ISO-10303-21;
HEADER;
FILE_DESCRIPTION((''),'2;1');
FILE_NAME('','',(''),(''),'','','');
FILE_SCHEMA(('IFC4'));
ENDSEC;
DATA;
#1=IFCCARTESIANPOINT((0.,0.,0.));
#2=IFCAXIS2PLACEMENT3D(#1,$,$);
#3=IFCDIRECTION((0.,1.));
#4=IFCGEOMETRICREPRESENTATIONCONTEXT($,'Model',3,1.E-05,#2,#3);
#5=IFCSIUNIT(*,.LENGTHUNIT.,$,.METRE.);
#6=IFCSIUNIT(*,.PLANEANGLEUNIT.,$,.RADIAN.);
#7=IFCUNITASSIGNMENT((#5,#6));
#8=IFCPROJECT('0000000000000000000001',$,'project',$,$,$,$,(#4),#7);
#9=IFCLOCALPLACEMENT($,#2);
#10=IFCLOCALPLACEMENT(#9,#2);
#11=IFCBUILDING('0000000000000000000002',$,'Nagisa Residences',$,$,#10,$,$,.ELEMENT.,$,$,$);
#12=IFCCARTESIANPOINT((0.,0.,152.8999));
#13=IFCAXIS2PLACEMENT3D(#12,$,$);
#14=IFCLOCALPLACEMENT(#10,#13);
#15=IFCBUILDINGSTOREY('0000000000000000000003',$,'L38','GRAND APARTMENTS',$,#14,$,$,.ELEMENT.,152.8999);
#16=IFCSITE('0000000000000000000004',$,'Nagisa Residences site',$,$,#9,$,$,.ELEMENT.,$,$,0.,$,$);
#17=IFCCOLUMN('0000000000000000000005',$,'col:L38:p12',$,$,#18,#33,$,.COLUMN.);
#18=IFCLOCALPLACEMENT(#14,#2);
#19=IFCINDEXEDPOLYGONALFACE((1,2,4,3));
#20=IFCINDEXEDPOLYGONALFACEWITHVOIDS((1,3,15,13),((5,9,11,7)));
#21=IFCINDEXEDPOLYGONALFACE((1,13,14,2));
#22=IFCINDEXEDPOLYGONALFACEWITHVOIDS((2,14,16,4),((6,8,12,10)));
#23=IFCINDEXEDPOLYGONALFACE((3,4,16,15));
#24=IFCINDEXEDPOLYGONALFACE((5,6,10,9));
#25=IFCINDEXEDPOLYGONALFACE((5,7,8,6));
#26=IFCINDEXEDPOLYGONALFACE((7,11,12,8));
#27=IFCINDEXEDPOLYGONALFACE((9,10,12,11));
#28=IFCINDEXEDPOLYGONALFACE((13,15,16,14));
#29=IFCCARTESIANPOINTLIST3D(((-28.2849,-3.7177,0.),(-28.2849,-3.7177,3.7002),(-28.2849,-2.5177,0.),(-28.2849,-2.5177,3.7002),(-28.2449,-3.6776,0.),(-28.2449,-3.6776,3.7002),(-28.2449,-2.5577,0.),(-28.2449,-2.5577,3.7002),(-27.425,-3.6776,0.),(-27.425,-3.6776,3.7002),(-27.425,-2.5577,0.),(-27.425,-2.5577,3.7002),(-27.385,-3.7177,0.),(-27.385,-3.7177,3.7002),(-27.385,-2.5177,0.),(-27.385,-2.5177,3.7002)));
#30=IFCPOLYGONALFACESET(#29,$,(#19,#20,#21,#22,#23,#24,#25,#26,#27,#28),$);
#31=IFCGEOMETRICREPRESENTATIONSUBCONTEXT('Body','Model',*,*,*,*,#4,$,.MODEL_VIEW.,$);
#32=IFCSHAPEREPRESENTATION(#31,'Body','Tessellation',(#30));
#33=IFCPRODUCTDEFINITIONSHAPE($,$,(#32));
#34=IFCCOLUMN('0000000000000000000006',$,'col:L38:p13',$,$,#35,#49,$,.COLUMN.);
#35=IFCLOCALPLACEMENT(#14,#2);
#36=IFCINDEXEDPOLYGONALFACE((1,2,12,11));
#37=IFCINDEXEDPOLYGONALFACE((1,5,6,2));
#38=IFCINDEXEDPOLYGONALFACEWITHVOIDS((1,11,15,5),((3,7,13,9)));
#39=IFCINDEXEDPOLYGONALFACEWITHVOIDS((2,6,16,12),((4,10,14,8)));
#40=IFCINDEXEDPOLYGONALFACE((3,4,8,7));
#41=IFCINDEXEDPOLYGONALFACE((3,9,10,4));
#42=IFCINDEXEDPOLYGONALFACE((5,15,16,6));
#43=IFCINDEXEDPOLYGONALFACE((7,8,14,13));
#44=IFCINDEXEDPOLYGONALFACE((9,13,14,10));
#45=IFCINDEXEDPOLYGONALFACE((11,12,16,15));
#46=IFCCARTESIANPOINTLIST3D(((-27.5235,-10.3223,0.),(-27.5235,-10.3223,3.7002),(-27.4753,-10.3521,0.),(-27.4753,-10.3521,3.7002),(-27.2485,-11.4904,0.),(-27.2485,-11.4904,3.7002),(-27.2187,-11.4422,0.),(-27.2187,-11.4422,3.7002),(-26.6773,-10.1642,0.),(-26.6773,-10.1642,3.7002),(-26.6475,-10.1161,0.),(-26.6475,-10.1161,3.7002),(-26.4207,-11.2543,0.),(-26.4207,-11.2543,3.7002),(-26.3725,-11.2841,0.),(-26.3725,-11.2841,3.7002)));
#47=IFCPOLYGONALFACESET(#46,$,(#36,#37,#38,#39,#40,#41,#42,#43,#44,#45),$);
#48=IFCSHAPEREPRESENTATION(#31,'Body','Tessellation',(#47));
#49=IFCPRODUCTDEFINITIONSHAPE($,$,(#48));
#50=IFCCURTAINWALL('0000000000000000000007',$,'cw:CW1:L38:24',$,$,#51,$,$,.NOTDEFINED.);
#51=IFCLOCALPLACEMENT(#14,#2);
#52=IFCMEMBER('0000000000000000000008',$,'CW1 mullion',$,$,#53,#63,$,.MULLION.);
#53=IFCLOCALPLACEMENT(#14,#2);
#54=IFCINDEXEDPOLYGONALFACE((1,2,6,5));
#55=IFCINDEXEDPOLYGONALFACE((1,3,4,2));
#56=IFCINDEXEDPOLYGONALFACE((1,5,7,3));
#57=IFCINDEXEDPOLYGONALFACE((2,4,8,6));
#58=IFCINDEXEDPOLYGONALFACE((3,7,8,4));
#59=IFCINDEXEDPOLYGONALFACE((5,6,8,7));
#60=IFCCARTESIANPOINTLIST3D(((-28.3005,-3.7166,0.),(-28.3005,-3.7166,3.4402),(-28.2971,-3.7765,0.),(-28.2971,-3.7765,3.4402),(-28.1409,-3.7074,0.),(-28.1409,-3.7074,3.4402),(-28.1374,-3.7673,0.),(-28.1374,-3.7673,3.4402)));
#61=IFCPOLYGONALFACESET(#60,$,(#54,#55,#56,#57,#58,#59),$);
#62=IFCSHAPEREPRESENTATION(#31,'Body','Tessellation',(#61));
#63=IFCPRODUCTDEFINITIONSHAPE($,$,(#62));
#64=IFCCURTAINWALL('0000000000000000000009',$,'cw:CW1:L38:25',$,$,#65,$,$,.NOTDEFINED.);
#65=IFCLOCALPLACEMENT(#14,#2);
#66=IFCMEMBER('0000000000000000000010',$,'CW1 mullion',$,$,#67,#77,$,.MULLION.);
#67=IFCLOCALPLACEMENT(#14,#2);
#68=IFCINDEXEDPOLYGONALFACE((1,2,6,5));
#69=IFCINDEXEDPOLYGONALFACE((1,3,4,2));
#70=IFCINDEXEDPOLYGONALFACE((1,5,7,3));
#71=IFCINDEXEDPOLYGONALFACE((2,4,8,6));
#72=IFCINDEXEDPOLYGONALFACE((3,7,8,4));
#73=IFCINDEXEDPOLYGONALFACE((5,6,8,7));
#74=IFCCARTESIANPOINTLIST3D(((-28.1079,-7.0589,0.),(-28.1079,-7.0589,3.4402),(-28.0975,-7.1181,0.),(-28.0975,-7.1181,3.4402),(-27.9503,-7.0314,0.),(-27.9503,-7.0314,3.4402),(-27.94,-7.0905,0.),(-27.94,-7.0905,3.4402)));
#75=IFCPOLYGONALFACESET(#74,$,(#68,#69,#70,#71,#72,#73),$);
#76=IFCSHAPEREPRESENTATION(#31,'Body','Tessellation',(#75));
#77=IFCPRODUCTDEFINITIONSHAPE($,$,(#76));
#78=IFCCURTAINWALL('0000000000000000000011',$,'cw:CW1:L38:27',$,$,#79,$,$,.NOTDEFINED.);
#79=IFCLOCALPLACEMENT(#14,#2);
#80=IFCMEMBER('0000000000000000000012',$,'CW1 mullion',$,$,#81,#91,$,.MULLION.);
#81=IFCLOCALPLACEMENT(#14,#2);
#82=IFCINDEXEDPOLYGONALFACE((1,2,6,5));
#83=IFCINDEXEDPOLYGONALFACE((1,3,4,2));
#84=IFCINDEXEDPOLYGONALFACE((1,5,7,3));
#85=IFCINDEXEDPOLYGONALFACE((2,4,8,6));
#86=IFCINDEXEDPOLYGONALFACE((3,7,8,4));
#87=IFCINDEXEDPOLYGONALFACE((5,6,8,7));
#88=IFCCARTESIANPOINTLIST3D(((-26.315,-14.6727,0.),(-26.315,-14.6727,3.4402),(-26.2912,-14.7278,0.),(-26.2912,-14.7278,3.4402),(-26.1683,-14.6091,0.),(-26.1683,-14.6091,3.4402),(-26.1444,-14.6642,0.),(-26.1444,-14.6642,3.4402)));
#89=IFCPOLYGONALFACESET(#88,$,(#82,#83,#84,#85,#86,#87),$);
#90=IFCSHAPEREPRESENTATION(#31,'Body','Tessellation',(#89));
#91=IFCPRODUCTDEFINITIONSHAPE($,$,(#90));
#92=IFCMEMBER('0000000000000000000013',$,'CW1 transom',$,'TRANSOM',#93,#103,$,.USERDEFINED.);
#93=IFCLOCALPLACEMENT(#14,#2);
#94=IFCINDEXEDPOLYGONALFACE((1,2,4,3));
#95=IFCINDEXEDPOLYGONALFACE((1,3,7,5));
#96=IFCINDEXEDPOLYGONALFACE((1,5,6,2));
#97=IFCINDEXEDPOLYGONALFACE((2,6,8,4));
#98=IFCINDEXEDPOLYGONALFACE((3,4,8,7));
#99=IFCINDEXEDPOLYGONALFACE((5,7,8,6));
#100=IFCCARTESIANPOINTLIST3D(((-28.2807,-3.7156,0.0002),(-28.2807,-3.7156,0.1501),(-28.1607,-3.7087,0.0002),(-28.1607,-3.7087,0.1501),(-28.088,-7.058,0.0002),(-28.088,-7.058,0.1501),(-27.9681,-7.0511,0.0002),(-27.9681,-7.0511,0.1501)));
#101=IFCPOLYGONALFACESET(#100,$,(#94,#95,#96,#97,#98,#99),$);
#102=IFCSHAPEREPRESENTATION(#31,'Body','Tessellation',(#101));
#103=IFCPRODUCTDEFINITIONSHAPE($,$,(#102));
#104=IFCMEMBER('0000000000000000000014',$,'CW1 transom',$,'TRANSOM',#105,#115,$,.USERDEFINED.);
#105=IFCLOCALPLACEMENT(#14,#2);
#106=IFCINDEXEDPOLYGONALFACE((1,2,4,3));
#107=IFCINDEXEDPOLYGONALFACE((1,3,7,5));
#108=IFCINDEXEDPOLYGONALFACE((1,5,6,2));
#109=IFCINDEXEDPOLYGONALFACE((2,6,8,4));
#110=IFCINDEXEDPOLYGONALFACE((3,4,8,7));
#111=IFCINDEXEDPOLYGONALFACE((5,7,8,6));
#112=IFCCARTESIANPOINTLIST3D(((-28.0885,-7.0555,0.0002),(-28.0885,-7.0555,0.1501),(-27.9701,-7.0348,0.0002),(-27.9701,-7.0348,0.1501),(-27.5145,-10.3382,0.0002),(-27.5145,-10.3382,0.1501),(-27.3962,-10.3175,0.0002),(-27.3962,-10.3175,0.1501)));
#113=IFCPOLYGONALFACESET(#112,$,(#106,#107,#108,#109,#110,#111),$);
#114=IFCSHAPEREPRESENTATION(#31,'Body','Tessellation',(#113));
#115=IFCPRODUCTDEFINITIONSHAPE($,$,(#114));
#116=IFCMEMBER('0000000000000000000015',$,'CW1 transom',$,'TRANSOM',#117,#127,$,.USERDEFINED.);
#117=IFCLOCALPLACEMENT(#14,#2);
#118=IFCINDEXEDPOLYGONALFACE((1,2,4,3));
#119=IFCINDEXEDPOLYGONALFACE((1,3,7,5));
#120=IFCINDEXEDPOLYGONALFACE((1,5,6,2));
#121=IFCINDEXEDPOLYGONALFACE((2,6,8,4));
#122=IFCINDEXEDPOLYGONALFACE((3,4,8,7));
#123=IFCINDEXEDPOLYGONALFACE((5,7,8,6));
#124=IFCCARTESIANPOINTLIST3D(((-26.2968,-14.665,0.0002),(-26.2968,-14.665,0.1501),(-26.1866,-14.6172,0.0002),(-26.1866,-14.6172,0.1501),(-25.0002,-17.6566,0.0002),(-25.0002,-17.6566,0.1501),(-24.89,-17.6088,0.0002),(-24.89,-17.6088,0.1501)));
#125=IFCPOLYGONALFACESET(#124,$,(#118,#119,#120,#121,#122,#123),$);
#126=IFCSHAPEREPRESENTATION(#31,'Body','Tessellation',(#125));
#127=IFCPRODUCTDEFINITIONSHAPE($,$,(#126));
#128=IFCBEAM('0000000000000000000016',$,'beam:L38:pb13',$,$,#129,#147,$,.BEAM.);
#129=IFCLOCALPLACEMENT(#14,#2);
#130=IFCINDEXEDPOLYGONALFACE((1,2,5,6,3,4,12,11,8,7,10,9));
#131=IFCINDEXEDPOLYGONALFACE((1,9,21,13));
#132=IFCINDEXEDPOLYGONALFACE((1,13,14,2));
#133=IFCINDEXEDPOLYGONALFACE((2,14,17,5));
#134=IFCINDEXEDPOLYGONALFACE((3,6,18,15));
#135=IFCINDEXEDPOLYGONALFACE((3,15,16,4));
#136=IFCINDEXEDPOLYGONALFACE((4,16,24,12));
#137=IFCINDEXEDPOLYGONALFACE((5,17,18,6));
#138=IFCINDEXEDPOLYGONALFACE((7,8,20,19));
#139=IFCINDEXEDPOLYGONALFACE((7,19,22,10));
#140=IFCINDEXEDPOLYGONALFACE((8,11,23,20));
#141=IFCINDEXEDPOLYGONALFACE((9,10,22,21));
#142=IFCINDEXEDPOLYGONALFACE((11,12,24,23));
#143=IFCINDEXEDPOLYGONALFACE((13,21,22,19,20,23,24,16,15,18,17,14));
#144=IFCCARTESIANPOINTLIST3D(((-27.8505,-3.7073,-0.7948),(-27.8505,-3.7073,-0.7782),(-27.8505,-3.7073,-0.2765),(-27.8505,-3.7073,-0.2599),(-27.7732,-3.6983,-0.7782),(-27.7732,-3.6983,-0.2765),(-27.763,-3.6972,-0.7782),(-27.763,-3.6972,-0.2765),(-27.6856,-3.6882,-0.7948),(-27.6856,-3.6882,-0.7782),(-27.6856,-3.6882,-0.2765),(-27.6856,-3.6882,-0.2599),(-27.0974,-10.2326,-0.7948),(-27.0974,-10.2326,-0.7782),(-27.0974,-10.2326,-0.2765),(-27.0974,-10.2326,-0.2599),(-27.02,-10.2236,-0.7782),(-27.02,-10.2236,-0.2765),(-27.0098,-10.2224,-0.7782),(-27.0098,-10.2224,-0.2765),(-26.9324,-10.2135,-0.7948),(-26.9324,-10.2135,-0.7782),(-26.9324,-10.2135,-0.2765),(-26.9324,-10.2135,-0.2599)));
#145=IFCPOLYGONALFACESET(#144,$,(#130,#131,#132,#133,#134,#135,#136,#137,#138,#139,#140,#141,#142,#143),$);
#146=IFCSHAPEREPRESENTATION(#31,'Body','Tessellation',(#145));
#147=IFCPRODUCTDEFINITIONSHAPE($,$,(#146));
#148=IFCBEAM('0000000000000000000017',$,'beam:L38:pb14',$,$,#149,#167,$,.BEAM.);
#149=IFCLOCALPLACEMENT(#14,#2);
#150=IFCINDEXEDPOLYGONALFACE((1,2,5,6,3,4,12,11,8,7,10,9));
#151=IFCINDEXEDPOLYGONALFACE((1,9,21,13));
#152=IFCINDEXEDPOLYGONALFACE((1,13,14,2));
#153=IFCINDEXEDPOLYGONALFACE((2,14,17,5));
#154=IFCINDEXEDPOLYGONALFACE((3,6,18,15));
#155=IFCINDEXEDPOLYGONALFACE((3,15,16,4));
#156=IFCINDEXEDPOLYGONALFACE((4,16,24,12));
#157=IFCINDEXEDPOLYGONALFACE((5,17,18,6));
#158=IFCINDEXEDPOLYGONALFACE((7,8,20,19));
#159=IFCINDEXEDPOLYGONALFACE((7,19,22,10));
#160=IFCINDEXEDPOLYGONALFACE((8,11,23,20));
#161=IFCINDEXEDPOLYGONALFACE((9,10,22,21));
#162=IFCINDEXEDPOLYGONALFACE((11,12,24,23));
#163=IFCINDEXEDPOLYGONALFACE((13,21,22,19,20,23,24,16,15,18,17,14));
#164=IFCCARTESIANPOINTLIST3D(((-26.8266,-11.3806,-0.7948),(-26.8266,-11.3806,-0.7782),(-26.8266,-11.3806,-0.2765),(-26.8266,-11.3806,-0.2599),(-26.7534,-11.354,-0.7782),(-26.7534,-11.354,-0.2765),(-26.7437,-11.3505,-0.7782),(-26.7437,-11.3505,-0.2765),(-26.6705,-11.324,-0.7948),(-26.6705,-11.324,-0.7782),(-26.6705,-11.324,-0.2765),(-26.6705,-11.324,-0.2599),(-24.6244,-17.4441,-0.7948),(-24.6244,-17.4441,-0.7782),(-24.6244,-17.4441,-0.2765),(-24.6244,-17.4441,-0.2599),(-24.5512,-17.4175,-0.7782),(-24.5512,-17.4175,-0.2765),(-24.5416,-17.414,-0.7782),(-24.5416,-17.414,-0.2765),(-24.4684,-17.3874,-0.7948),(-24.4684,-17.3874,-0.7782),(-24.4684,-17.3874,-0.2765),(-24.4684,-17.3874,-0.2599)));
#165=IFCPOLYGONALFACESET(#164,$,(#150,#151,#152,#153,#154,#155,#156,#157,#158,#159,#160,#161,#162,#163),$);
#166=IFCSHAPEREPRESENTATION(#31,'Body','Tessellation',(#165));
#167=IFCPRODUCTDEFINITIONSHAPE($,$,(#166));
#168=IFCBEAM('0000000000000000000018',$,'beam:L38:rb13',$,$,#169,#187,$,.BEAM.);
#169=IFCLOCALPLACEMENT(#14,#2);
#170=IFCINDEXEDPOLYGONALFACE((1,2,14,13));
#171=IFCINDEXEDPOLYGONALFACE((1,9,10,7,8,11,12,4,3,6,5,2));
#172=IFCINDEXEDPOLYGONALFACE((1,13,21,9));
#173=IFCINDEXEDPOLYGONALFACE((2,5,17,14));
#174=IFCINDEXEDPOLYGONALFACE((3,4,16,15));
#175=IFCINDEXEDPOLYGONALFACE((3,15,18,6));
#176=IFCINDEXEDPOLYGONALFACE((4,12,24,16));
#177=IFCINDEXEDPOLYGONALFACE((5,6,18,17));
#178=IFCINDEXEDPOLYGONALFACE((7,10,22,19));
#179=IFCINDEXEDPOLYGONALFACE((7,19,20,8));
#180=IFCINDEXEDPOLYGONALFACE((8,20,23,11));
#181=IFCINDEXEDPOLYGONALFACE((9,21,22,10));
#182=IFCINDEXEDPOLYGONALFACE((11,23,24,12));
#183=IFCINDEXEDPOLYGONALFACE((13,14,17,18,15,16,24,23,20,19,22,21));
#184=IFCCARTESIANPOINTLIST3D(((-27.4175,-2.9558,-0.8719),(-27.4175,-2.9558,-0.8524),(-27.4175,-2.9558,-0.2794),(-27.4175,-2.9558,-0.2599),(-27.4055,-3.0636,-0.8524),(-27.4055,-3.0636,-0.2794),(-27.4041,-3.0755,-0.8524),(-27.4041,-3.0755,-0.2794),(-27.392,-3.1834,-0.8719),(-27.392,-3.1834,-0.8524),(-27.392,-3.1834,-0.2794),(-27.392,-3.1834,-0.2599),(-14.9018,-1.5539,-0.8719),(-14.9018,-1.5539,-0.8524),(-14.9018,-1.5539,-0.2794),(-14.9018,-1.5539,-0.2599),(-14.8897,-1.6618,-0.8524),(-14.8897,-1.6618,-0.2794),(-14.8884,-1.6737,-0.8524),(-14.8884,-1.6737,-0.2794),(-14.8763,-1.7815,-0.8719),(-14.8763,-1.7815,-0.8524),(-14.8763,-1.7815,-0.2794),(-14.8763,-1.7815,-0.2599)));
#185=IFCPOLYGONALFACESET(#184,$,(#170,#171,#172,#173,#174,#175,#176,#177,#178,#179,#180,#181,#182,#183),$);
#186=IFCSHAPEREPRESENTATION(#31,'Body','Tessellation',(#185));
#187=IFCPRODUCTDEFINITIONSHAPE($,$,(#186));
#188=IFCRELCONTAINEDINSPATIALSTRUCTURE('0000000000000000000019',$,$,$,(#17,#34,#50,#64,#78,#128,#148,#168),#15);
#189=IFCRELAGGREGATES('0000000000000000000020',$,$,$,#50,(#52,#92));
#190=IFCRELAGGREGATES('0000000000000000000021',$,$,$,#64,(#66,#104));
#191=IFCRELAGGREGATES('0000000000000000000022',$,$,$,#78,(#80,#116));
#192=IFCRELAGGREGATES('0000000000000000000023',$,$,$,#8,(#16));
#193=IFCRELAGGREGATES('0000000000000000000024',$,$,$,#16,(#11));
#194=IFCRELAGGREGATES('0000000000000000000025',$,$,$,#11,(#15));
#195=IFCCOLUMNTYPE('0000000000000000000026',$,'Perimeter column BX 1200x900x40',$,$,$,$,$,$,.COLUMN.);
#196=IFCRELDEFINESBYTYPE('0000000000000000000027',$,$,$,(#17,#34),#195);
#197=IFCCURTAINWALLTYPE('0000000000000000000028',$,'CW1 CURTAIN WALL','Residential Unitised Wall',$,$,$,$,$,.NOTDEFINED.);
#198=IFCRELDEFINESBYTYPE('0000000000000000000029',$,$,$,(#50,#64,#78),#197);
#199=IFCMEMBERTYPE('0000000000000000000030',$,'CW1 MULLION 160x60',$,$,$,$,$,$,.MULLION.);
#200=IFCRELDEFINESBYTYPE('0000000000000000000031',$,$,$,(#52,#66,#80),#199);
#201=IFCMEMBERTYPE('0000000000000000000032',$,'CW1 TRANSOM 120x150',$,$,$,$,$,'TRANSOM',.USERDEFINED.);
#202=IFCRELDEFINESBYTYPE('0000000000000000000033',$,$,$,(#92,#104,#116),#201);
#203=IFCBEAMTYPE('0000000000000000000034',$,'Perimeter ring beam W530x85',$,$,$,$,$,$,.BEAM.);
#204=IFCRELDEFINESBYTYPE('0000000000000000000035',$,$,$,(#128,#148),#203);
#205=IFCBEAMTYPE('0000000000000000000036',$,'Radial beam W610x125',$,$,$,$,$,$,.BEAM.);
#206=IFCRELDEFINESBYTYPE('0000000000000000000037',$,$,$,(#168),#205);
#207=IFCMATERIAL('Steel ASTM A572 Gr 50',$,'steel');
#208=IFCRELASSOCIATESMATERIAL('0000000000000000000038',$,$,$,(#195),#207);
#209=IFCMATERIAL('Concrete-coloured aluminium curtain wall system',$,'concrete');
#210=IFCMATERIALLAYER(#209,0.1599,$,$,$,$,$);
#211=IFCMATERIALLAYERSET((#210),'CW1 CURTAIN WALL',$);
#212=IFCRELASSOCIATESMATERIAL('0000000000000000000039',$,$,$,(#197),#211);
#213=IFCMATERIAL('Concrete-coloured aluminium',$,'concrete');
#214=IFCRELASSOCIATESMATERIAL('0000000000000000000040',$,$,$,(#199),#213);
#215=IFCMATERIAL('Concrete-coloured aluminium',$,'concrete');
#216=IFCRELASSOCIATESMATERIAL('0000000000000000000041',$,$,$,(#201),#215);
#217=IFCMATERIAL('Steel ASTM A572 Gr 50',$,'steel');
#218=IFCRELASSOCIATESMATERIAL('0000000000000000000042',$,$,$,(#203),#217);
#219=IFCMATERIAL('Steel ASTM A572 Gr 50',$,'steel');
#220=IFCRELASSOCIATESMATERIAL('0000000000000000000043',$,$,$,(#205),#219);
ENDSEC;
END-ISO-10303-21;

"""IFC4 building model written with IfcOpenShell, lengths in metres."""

from ifc_helpers import new_model, si_unit, direction, frame, origin, origin_2d, place, context, subcontext, project, spatial, rectangle, hollow_rectangle, i_section, extrude, material, layer, layer_set, material_profile, profile_set, type_object, element, aggregate, save


model = new_model("IFC4")

# Units and contexts
model_context = context("Model", 3, precision=1e-05, world=origin(), true_north=direction((0.0, 1.0)))
body_context = subcontext(model_context, "Body", "Model", "MODEL_VIEW")
ifc_project = project(units=[si_unit("LENGTHUNIT", "METRE"), si_unit("PLANEANGLEUNIT", "RADIAN")], contexts=[model_context])

# Site, building, storey
site_placement = place(None, origin())
site = spatial("IfcSite", under=ifc_project, at=site_placement, Name="Nagisa Residences site", CompositionType="ELEMENT", RefElevation=0.0)
building_placement = place(site_placement, origin())
building = spatial("IfcBuilding", under=site, at=building_placement, Name="Nagisa Residences", CompositionType="ELEMENT")
storey_placement = place(building_placement, frame((0.0, 0.0, 152.8999)))
storey = spatial("IfcBuildingStorey", under=building, at=storey_placement, Name="L38", Description="GRAND APARTMENTS", CompositionType="ELEMENT", Elevation=152.8999)

# Columns
ifc_material_1 = material(Name="Steel ASTM A572 Gr 50", Category="steel")
ifc_material_profile_1 = material_profile(ifc_material_1, hollow_rectangle(XDim=1.2, YDim=0.8999, WallThickness=0.04, at=origin_2d()), Name="BX 1200x900x40")
ifc_profile_set_1 = profile_set([ifc_material_profile_1], Name="Steel ASTM A572 Gr 50")
column_type = type_object("IfcColumnType", Name="Perimeter column BX 1200x900x40", PredefinedType="COLUMN", material=ifc_profile_set_1)
for number, where, z_axis, x_axis, name in (
    (1, (-27.835, -3.1177, 0.0), (0.0, 0.0, 1.0), (0.0, -1.0, 0.0), "col:L38:p12"),
    (2, (-26.948, -10.8032, 0.0), (0.0, 0.0, 1.0), (0.229202, -0.973379, 0.0), "col:L38:p13"),
):
    element("IfcColumn", number, at=place(storey_placement, frame(where, z_axis=z_axis, x_axis=x_axis)), inside=storey, type_object=column_type, Name=name, PredefinedType="COLUMN", context=body_context, shape_type="SweptSolid", body=[
        extrude(hollow_rectangle(XDim=1.2, YDim=0.8999, WallThickness=0.04, at=origin_2d()), origin(), (0.0, 0.0, 1.0), 3.7002),
    ])

# Curtain walls, members
ifc_material_2 = material(Name="Concrete-coloured aluminium curtain wall system", Category="concrete")
ifc_layer_1 = layer(ifc_material_2, 0.1599)
ifc_layer_set_1 = layer_set([ifc_layer_1], Name="CW1 CURTAIN WALL")
curtain_wall_type = type_object("IfcCurtainWallType", Name="CW1 CURTAIN WALL", Description="Residential Unitised Wall", PredefinedType="NOTDEFINED", material=ifc_layer_set_1)
curtain_wall_1_placement = place(storey_placement, origin())
curtain_wall_1 = element("IfcCurtainWall", 3, at=curtain_wall_1_placement, inside=storey, type_object=curtain_wall_type, Name="cw:CW1:L38:24", PredefinedType="NOTDEFINED")
ifc_material_3 = material(Name="Concrete-coloured aluminium", Category="concrete")
ifc_material_profile_2 = material_profile(ifc_material_3, rectangle(XDim=0.1599, YDim=0.0601, at=origin_2d()), Name="CW1 MULLION 160x60")
ifc_profile_set_2 = profile_set([ifc_material_profile_2], Name="Concrete-coloured aluminium")
member_type_1 = type_object("IfcMemberType", Name="CW1 MULLION 160x60", PredefinedType="MULLION", material=ifc_profile_set_2)
member_1_placement = place(storey_placement, frame((-28.219, -3.7419, 0.0), z_axis=(0.0, 0.0, 1.0), x_axis=(0.998345, 0.057503, 0.0)))
member_1 = element("IfcMember", 4, at=member_1_placement, type_object=member_type_1, Name="CW1 mullion", PredefinedType="MULLION", context=body_context, shape_type="SweptSolid", body=[
    extrude(rectangle(XDim=0.1599, YDim=0.0601, at=origin_2d()), origin(), (0.0, 0.0, 1.0), 3.4402),
])
curtain_wall_2_placement = place(storey_placement, origin())
curtain_wall_2 = element("IfcCurtainWall", 5, at=curtain_wall_2_placement, inside=storey, type_object=curtain_wall_type, Name="cw:CW1:L38:25", PredefinedType="NOTDEFINED")
member_2_placement = place(storey_placement, frame((-28.0239, -7.0747, 0.0), z_axis=(0.0, 0.0, 1.0), x_axis=(0.985064, 0.172191, 0.0)))
member_2 = element("IfcMember", 6, at=member_2_placement, type_object=member_type_1, Name="CW1 mullion", PredefinedType="MULLION", context=body_context, shape_type="SweptSolid", body=[
    extrude(rectangle(XDim=0.1599, YDim=0.0601, at=origin_2d()), origin(), (0.0, 0.0, 1.0), 3.4402),
])
curtain_wall_3_placement = place(storey_placement, origin())
curtain_wall_3 = element("IfcCurtainWall", 7, at=curtain_wall_3_placement, inside=storey, type_object=curtain_wall_type, Name="cw:CW1:L38:27", PredefinedType="NOTDEFINED")
member_3_placement = place(storey_placement, frame((-26.2297, -14.6685, 0.0), z_axis=(0.0, 0.0, 1.0), x_axis=(0.917543, 0.397636, 0.0)))
member_3 = element("IfcMember", 8, at=member_3_placement, type_object=member_type_1, Name="CW1 mullion", PredefinedType="MULLION", context=body_context, shape_type="SweptSolid", body=[
    extrude(rectangle(XDim=0.1599, YDim=0.0601, at=origin_2d()), origin(), (0.0, 0.0, 1.0), 3.4402),
])

# Members
ifc_material_4 = material(Name="Concrete-coloured aluminium", Category="concrete")
ifc_material_profile_3 = material_profile(ifc_material_4, rectangle(XDim=0.1201, YDim=0.1499, at=origin_2d()), Name="CW1 TRANSOM 120x150")
ifc_profile_set_3 = profile_set([ifc_material_profile_3], Name="Concrete-coloured aluminium")
member_type_2 = type_object("IfcMemberType", Name="CW1 TRANSOM 120x150", ElementType="TRANSOM", PredefinedType="USERDEFINED", material=ifc_profile_set_3)
member_4_placement = place(storey_placement, frame((-28.2207, -3.7122, 0.0752), z_axis=(0.057538, -0.998343, 0.0), x_axis=(0.998343, 0.057538, 0.0)))
member_4 = element("IfcMember", 9, at=member_4_placement, type_object=member_type_2, Name="CW1 transom", ObjectType="TRANSOM", PredefinedType="USERDEFINED", context=body_context, shape_type="SweptSolid", body=[
    extrude(rectangle(XDim=0.1201, YDim=0.1499, at=origin_2d()), origin(), (0.0, 0.0, 1.0), 3.3479),
])
member_5_placement = place(storey_placement, frame((-28.0293, -7.0452, 0.0752), z_axis=(0.172235, -0.985056, 0.0), x_axis=(0.985056, 0.172235, 0.0)))
member_5 = element("IfcMember", 10, at=member_5_placement, type_object=member_type_2, Name="CW1 transom", ObjectType="TRANSOM", PredefinedType="USERDEFINED", context=body_context, shape_type="SweptSolid", body=[
    extrude(rectangle(XDim=0.1201, YDim=0.1499, at=origin_2d()), origin(), (0.0, 0.0, 1.0), 3.3325),
])
member_6_placement = place(storey_placement, frame((-26.2417, -14.6411, 0.0752), z_axis=(0.397666, -0.91753, 0.0), x_axis=(0.91753, 0.397666, 0.0)))
member_6 = element("IfcMember", 11, at=member_6_placement, type_object=member_type_2, Name="CW1 transom", ObjectType="TRANSOM", PredefinedType="USERDEFINED", context=body_context, shape_type="SweptSolid", body=[
    extrude(rectangle(XDim=0.1201, YDim=0.1499, at=origin_2d()), origin(), (0.0, 0.0, 1.0), 3.2605),
])

# Beams
ifc_material_5 = material(Name="Steel ASTM A572 Gr 50", Category="steel")
ifc_material_profile_4 = material_profile(ifc_material_5, i_section(OverallWidth=0.166, OverallDepth=0.5349, WebThickness=0.0103, FlangeThickness=0.0166, at=origin_2d()), Name="W530x85")
ifc_profile_set_4 = profile_set([ifc_material_profile_4], Name="Steel ASTM A572 Gr 50")
beam_type_1 = type_object("IfcBeamType", Name="Perimeter ring beam W530x85", PredefinedType="BEAM", material=ifc_profile_set_4)
beam_1_placement = place(storey_placement, frame((-27.7681, -3.6978, -0.5273), z_axis=(0.114661, -0.993405, 0.0), x_axis=(0.993405, 0.114661, 0.0)))
element("IfcBeam", 12, at=beam_1_placement, inside=storey, type_object=beam_type_1, Name="beam:L38:pb13", PredefinedType="BEAM", context=body_context, shape_type="SweptSolid", body=[
    extrude(i_section(OverallWidth=0.166, OverallDepth=0.5349, WebThickness=0.0103, FlangeThickness=0.0166, at=origin_2d()), origin(), (0.0, 0.0, 1.0), 6.5686),
])
beam_2_placement = place(storey_placement, frame((-26.7485, -11.3523, -0.5273), z_axis=(0.341366, -0.93993, 0.0), x_axis=(0.93993, 0.341366, 0.0)))
element("IfcBeam", 13, at=beam_2_placement, inside=storey, type_object=beam_type_1, Name="beam:L38:pb14", PredefinedType="BEAM", context=body_context, shape_type="SweptSolid", body=[
    extrude(i_section(OverallWidth=0.166, OverallDepth=0.5349, WebThickness=0.0103, FlangeThickness=0.0166, at=origin_2d()), origin(), (0.0, 0.0, 1.0), 6.4509),
])
ifc_material_6 = material(Name="Steel ASTM A572 Gr 50", Category="steel")
ifc_material_profile_5 = material_profile(ifc_material_6, i_section(OverallWidth=0.229, OverallDepth=0.6121, WebThickness=0.012, FlangeThickness=0.0195, at=origin_2d()), Name="W610x125")
ifc_profile_set_5 = profile_set([ifc_material_profile_5], Name="Steel ASTM A572 Gr 50")
beam_type_2 = type_object("IfcBeamType", Name="Radial beam W610x125", PredefinedType="BEAM", material=ifc_profile_set_5)
beam_3_placement = place(storey_placement, frame((-27.4048, -3.0696, -0.5659), z_axis=(0.993785, 0.111312, 0.0), x_axis=(-0.111312, 0.993785, 0.0)))
element("IfcBeam", 14, at=beam_3_placement, inside=storey, type_object=beam_type_2, Name="beam:L38:rb13", PredefinedType="BEAM", context=body_context, shape_type="SweptSolid", body=[
    extrude(i_section(OverallWidth=0.229, OverallDepth=0.6121, WebThickness=0.012, FlangeThickness=0.0195, at=origin_2d()), origin(), (0.0, 0.0, 1.0), 12.594),
])

aggregate(curtain_wall_1, [member_1, member_4])
aggregate(curtain_wall_2, [member_2, member_5])
aggregate(curtain_wall_3, [member_3, member_6])

save(model, "model.ifc")
